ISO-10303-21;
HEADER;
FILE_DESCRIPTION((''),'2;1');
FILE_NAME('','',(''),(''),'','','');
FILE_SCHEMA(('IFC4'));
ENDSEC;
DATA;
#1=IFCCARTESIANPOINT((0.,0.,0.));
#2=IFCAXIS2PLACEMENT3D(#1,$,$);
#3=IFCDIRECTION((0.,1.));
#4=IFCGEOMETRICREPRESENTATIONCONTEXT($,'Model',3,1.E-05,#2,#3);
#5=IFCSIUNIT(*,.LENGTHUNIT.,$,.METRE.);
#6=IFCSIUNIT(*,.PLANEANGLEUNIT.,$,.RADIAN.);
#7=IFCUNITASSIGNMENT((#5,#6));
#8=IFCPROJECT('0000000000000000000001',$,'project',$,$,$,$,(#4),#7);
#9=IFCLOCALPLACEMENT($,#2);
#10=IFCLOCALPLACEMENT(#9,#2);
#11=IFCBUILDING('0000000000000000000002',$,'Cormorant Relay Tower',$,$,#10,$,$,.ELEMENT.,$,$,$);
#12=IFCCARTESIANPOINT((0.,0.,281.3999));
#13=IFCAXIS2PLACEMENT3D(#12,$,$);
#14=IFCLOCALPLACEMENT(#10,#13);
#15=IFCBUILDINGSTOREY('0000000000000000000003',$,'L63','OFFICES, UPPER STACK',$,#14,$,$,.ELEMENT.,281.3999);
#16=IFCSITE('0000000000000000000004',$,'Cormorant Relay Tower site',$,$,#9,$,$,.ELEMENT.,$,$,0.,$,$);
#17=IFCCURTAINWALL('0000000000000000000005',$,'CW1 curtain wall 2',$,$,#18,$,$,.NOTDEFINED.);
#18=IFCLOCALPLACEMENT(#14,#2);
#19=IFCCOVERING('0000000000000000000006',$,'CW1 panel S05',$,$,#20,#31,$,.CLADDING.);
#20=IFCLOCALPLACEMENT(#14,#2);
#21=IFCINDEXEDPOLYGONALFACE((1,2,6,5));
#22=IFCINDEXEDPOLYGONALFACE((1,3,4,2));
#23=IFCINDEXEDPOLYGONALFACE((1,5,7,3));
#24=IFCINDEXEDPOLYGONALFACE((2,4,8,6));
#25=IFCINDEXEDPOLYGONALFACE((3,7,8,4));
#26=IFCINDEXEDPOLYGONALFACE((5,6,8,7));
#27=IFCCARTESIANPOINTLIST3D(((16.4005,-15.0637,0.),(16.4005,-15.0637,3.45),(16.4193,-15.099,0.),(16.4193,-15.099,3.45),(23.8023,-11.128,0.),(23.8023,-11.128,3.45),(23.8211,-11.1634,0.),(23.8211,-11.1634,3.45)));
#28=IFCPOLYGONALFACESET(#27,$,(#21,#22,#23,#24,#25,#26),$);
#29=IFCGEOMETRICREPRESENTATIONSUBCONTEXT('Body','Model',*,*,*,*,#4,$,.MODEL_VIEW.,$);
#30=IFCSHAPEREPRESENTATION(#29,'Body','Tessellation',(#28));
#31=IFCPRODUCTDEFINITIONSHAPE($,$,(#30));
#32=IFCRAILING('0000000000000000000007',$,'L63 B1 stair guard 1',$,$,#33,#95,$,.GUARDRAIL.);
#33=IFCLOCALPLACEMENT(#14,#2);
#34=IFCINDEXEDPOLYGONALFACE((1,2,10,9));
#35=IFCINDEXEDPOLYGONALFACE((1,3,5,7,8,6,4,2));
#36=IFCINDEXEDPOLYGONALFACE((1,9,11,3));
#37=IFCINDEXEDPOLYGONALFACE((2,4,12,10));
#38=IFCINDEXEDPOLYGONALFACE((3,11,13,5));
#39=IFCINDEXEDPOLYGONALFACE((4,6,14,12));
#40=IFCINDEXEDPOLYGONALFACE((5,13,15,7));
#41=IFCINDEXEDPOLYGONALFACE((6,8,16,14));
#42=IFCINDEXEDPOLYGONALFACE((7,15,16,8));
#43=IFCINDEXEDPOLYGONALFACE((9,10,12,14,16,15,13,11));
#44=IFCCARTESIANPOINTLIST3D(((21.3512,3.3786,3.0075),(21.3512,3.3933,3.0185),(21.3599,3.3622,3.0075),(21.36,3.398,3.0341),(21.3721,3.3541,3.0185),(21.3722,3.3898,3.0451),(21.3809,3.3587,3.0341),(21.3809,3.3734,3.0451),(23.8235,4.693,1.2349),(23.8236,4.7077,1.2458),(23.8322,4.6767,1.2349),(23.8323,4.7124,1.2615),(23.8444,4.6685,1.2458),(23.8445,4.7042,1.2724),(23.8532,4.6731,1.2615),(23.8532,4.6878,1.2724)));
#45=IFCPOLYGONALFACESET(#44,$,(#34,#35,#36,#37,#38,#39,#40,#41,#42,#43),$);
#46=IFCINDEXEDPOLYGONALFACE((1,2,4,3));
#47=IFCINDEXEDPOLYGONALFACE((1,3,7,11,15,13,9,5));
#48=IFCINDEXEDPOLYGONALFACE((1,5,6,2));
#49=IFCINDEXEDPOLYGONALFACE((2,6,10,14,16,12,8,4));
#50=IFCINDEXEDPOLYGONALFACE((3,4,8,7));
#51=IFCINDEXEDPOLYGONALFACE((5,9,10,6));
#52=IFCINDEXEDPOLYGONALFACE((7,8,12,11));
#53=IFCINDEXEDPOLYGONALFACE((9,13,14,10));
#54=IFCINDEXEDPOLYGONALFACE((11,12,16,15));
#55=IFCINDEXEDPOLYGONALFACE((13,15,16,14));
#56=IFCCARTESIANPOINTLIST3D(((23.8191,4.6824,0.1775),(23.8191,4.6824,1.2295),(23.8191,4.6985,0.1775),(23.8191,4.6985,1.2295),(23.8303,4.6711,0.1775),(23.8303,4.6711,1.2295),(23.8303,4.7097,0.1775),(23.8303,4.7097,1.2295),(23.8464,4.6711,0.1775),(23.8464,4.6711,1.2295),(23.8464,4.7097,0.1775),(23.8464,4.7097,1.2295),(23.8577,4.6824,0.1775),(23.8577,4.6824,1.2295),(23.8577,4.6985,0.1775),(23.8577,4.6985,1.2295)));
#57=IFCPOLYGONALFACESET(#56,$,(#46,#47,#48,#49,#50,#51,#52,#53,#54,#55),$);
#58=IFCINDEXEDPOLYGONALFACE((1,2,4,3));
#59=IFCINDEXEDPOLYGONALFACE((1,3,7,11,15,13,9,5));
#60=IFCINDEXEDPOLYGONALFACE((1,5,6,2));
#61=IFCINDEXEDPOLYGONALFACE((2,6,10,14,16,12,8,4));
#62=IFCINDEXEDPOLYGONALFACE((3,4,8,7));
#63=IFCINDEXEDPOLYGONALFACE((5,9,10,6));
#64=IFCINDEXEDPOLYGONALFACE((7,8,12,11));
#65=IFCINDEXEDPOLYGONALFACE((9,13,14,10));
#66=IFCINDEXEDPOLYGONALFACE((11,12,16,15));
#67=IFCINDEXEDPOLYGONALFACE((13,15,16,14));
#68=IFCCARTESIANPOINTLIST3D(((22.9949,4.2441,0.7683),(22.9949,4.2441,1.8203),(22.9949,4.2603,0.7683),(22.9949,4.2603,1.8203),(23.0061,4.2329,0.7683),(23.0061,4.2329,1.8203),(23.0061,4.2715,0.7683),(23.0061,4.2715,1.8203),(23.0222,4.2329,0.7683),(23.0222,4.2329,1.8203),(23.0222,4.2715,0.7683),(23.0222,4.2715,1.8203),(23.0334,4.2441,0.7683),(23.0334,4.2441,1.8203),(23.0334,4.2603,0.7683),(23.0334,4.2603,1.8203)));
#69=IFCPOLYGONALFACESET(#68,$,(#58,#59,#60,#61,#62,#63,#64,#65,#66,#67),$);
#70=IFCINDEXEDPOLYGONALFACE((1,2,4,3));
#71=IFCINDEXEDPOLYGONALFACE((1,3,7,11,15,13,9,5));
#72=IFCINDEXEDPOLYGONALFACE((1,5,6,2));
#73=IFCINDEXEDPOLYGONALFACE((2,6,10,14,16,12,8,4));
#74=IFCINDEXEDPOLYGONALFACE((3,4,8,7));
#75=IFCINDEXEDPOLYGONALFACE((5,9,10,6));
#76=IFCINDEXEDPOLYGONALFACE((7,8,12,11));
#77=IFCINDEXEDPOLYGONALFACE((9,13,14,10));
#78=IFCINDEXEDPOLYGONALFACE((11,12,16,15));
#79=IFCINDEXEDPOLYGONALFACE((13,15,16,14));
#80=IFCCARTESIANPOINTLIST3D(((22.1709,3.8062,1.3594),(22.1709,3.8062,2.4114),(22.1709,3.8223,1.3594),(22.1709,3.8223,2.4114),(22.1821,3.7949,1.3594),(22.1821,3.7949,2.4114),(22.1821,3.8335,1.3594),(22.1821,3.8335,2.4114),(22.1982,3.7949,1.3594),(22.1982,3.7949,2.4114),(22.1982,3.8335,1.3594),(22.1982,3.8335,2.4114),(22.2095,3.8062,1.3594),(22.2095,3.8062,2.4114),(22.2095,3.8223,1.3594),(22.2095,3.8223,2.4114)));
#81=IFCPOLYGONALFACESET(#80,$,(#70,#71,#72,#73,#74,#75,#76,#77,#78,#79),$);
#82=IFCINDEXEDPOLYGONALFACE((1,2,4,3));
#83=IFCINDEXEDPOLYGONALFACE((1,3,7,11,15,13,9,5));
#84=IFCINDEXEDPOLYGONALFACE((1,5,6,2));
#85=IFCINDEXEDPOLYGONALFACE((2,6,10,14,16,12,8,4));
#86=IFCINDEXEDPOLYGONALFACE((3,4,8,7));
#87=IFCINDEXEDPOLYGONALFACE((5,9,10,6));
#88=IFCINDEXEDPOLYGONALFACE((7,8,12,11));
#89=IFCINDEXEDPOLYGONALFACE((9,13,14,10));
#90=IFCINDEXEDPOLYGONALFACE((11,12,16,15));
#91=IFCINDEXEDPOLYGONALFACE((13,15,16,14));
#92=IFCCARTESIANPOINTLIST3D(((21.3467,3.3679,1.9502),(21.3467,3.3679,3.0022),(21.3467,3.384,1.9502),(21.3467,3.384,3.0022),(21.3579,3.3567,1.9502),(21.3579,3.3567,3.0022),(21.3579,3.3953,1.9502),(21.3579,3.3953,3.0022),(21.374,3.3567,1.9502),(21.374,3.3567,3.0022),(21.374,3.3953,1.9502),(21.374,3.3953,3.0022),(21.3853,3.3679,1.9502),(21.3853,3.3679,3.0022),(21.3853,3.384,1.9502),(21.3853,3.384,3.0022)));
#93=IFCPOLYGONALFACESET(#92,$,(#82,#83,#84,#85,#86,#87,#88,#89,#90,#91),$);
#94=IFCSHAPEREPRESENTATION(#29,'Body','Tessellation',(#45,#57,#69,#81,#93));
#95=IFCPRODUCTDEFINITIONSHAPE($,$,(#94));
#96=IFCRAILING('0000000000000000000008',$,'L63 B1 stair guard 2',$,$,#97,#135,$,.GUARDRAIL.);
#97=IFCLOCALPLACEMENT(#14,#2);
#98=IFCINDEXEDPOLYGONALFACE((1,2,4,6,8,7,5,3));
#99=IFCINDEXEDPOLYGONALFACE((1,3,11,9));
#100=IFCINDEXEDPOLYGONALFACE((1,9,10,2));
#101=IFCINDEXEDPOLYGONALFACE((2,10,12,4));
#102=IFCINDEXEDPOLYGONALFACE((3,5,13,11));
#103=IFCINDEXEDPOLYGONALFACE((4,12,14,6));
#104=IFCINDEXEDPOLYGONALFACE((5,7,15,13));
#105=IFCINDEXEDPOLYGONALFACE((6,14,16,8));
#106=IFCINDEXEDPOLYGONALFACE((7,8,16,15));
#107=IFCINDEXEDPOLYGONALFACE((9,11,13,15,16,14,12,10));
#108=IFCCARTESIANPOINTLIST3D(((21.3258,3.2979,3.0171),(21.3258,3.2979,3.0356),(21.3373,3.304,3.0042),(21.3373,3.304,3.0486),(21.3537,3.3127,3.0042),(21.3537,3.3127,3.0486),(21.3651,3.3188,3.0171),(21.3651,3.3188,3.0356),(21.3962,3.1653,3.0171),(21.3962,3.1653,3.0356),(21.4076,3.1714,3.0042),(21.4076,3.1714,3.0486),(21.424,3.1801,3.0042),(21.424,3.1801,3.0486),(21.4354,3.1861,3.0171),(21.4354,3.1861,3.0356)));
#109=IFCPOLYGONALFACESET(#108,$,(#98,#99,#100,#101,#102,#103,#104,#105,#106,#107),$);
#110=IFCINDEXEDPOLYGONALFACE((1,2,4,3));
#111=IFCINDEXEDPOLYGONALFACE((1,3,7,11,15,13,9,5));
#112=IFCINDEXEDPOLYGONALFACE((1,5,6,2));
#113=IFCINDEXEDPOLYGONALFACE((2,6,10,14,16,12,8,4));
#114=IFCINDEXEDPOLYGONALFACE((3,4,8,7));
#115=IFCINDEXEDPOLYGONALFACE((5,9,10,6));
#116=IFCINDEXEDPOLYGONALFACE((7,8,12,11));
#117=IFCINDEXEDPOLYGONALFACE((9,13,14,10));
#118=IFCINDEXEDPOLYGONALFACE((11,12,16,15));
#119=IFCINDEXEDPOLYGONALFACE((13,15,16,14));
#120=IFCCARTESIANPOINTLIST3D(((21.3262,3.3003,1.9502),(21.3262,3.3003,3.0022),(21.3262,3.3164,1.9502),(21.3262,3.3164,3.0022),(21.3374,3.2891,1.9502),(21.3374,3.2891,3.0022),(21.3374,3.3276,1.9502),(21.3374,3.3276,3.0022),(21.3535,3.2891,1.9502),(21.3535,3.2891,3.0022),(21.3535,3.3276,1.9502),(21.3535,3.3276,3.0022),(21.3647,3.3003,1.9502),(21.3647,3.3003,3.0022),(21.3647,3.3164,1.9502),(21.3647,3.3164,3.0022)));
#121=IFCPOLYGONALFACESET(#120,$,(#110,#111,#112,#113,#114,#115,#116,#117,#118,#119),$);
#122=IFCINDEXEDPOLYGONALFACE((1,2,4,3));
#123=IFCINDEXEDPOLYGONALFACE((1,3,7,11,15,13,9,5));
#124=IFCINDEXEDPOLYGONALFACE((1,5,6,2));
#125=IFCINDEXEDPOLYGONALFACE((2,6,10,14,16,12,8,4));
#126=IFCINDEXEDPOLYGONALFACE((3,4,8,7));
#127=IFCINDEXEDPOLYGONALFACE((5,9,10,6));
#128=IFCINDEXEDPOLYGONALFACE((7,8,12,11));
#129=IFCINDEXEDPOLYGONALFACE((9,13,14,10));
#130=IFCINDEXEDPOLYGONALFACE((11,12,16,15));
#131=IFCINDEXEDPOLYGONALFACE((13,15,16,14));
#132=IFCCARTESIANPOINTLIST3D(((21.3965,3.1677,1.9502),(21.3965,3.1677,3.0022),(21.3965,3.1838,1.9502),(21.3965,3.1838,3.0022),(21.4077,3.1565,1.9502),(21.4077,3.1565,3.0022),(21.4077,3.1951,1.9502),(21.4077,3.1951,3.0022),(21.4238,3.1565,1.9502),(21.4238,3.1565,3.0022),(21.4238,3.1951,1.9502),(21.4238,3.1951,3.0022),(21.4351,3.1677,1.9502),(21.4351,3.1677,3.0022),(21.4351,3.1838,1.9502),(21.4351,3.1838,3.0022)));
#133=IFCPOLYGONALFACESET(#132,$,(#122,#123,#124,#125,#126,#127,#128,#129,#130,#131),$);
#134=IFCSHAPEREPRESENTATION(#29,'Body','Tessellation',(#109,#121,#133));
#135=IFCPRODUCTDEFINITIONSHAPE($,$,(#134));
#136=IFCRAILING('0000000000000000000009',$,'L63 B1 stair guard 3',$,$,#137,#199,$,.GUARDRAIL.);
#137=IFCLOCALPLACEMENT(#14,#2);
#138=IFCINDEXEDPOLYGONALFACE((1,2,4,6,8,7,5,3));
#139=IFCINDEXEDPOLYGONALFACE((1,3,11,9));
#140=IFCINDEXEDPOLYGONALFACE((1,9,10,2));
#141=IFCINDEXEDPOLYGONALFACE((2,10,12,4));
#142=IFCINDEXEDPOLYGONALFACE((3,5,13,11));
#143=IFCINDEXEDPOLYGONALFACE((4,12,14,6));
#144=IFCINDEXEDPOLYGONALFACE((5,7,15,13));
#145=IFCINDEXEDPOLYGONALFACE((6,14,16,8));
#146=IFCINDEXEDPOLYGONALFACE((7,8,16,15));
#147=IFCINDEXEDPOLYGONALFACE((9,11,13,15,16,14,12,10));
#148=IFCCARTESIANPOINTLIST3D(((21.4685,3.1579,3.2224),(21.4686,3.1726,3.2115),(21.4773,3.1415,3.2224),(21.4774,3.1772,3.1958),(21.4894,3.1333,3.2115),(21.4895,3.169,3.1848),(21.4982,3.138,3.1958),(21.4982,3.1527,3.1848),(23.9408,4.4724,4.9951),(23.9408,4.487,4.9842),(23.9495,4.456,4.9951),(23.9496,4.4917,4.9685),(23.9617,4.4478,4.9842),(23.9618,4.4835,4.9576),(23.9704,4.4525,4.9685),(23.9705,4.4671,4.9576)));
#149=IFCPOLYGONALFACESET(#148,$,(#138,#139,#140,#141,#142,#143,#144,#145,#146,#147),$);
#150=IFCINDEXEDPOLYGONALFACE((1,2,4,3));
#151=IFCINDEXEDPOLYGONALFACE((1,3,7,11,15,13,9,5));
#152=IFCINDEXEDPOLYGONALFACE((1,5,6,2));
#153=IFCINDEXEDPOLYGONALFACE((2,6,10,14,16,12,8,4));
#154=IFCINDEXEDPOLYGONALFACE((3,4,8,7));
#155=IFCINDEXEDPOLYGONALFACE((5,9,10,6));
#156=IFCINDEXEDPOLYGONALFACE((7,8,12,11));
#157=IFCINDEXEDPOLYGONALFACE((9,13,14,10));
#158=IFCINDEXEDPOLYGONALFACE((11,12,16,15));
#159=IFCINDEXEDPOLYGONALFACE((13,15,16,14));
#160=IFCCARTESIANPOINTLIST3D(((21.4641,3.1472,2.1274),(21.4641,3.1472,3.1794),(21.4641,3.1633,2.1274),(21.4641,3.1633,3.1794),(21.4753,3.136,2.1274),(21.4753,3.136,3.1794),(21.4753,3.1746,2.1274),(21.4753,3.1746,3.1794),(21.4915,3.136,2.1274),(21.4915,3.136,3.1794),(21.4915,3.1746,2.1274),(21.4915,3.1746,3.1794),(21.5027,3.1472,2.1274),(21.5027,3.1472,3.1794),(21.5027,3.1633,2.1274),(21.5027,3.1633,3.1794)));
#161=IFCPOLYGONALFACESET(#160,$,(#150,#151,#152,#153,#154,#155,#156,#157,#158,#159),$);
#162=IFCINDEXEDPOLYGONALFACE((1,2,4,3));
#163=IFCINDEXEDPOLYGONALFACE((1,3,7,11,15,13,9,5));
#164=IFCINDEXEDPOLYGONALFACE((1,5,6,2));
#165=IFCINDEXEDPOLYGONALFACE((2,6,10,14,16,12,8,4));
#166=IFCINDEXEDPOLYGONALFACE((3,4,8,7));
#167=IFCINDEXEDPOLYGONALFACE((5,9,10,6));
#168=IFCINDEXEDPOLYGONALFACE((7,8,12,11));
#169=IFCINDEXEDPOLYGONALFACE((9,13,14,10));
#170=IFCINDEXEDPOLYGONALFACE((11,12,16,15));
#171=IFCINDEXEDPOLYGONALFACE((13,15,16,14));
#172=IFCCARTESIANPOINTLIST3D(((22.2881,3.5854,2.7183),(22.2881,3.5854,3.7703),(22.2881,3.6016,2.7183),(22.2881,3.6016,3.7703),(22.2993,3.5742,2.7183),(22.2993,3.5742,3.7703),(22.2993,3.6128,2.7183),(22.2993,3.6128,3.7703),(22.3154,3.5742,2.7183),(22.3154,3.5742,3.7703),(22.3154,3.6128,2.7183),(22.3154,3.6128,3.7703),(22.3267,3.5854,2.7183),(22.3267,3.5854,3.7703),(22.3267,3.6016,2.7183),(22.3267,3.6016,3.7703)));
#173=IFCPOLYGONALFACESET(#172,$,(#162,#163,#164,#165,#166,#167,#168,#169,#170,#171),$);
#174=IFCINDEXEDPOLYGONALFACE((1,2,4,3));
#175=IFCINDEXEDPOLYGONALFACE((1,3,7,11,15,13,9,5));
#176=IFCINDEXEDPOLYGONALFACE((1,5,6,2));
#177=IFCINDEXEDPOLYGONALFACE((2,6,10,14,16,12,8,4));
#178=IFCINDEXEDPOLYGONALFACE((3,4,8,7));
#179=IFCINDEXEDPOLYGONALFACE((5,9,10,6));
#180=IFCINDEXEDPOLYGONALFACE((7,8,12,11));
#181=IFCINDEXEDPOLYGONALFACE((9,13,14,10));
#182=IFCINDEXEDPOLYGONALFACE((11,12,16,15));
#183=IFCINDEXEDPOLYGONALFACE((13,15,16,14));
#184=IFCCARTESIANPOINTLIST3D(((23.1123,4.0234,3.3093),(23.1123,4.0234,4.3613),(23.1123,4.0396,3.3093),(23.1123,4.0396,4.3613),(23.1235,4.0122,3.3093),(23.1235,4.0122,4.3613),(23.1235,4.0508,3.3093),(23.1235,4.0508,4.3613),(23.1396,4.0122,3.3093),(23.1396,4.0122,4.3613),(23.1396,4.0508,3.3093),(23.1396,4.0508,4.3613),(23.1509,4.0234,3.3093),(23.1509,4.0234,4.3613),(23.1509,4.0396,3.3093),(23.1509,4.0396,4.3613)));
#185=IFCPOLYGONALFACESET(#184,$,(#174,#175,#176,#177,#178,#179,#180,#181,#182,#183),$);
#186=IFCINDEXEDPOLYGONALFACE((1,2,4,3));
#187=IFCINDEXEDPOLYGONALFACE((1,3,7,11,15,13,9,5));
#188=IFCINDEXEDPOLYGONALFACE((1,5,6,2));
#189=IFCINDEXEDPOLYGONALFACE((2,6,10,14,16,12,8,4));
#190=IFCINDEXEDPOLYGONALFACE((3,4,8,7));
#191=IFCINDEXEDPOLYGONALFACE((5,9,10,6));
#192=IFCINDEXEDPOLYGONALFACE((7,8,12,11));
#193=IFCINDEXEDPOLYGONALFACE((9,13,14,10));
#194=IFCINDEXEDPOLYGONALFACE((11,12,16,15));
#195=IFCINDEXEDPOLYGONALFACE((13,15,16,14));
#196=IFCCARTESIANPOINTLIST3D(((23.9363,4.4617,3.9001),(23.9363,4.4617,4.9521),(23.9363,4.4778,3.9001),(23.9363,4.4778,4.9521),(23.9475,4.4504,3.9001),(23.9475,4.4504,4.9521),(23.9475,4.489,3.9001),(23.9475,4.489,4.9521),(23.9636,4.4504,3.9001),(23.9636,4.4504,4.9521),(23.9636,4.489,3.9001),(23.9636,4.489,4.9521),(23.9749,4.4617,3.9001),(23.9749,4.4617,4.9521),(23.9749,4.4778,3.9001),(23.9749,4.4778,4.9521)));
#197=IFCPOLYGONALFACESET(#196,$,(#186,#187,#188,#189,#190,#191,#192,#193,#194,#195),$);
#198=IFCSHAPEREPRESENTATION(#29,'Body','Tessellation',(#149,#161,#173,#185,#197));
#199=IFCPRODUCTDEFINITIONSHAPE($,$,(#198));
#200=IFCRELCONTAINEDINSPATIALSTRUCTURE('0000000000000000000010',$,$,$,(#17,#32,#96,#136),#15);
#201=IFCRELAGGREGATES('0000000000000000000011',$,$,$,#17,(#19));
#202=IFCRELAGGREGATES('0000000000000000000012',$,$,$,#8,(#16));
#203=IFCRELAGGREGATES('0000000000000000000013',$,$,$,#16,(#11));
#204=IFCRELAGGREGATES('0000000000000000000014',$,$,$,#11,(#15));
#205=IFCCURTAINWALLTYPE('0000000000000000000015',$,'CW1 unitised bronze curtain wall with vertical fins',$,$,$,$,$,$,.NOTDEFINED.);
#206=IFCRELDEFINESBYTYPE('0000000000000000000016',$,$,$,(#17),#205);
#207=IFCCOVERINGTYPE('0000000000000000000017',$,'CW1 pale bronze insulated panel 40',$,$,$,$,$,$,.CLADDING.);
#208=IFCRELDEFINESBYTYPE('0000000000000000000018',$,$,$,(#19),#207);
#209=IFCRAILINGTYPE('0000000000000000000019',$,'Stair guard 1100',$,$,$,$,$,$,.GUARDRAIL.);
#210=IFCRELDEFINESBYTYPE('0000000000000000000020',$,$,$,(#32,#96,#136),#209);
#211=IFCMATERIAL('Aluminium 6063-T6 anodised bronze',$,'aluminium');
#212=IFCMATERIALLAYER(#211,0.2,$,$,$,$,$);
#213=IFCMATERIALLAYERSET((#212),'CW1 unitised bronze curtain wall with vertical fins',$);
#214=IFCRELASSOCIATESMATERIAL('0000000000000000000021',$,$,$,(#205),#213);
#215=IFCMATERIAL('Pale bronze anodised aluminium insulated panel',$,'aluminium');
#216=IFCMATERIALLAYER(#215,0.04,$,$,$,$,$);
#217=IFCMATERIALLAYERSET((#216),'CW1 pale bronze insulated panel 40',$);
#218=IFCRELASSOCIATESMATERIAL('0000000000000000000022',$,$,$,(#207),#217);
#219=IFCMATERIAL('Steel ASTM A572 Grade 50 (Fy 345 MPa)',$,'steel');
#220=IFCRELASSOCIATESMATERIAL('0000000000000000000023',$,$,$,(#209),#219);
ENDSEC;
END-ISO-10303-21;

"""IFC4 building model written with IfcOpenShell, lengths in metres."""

from ifc_helpers import new_model, si_unit, direction, frame, origin, origin_2d, place, context, subcontext, project, spatial, polyline, rectangle, outline, extrude, material, layer, layer_set, type_object, element, aggregate, save


model = new_model("IFC4")

# Units and contexts
model_context = context("Model", 3, precision=1e-05, world=origin(), true_north=direction((0.0, 1.0)))
body_context = subcontext(model_context, "Body", "Model", "MODEL_VIEW")
ifc_project = project(units=[si_unit("LENGTHUNIT", "METRE"), si_unit("PLANEANGLEUNIT", "RADIAN")], contexts=[model_context])

# Site, building, storey
site_placement = place(None, origin())
site = spatial("IfcSite", under=ifc_project, at=site_placement, Name="Cormorant Relay Tower site", CompositionType="ELEMENT", RefElevation=0.0)
building_placement = place(site_placement, origin())
building = spatial("IfcBuilding", under=site, at=building_placement, Name="Cormorant Relay Tower", CompositionType="ELEMENT")
storey_placement = place(building_placement, frame((0.0, 0.0, 281.3999)))
storey = spatial("IfcBuildingStorey", under=building, at=storey_placement, Name="L63", Description="OFFICES, UPPER STACK", CompositionType="ELEMENT", Elevation=281.3999)

# Curtain wall
ifc_material_1 = material(Name="Aluminium 6063-T6 anodised bronze", Category="aluminium")
ifc_layer_1 = layer(ifc_material_1, 0.2)
ifc_layer_set_1 = layer_set([ifc_layer_1], Name="CW1 unitised bronze curtain wall with vertical fins")
curtain_wall_type = type_object("IfcCurtainWallType", Name="CW1 unitised bronze curtain wall with vertical fins", PredefinedType="NOTDEFINED", material=ifc_layer_set_1)
curtain_wall_placement = place(storey_placement, origin())
curtain_wall = element("IfcCurtainWall", 1, at=curtain_wall_placement, inside=storey, type_object=curtain_wall_type, Name="CW1 curtain wall 2", PredefinedType="NOTDEFINED")

# Covering
ifc_material_2 = material(Name="Pale bronze anodised aluminium insulated panel", Category="aluminium")
ifc_layer_2 = layer(ifc_material_2, 0.04)
ifc_layer_set_2 = layer_set([ifc_layer_2], Name="CW1 pale bronze insulated panel 40")
covering_type = type_object("IfcCoveringType", Name="CW1 pale bronze insulated panel 40", PredefinedType="CLADDING", material=ifc_layer_set_2)
covering_placement = place(storey_placement, frame((20.1108, -13.1135, 0.0), z_axis=(0.0, 0.0, 1.0), x_axis=(0.882948, 0.469472, 0.0)))
covering = element("IfcCovering", 2, at=covering_placement, type_object=covering_type, Name="CW1 panel S05", PredefinedType="CLADDING", context=body_context, shape_type="SweptSolid", body=[
    extrude(rectangle(XDim=8.3831, YDim=0.04, at=origin_2d()), origin(), (0.0, 0.0, 1.0), 3.45),
])
aggregate(curtain_wall, [covering])

# Railings
ifc_material_3 = material(Name="Steel ASTM A572 Grade 50 (Fy 345 MPa)", Category="steel")
railing_type_1 = type_object("IfcRailingType", Name="Stair guard 1100", PredefinedType="GUARDRAIL", material=ifc_material_3)
railing_1_placement = place(storey_placement, frame((23.8384, 4.6904, 0.1775)))
element("IfcRailing", 3, at=railing_1_placement, inside=storey, type_object=railing_type_1, Name="L63 B1 stair guard 1", PredefinedType="GUARDRAIL", context=body_context, shape_type="SweptSolid", body=[
    extrude(outline(polyline([(0.0222, 0.0093), (0.0093, 0.0222), (-0.0093, 0.0222), (-0.0222, 0.0093), (-0.0222, -0.0093), (-0.0093, -0.0222), (0.0093, -0.0222), (0.0222, -0.0093), (0.0222, 0.0093)])), frame((0.0, 0.0, 1.0762), z_axis=(-0.746034, -0.396627, 0.534902), x_axis=(0.469429, -0.88297, 0.0)), (0.0, 0.0, 1.0), 3.314),
    extrude(outline(polyline([(0.0193, 0.0081), (0.0081, 0.0193), (-0.0081, 0.0193), (-0.0193, 0.0081), (-0.0193, -0.0081), (-0.0081, -0.0193), (0.0081, -0.0193), (0.0193, -0.0081), (0.0193, 0.0081)])), origin(), (0.0, 0.0, 1.0), 1.052),
    extrude(outline(polyline([(0.0193, 0.0081), (0.0081, 0.0193), (-0.0081, 0.0193), (-0.0193, 0.0081), (-0.0193, -0.0081), (-0.0081, -0.0193), (0.0081, -0.0193), (0.0193, -0.0081), (0.0193, 0.0081)])), frame((-0.8242, -0.4382, 0.5908)), (0.0, 0.0, 1.0), 1.052),
    extrude(outline(polyline([(0.0193, 0.0081), (0.0081, 0.0193), (-0.0081, 0.0193), (-0.0193, 0.0081), (-0.0193, -0.0081), (-0.0081, -0.0193), (0.0081, -0.0193), (0.0193, -0.0081), (0.0193, 0.0081)])), frame((-1.6482, -0.8762, 1.1819)), (0.0, 0.0, 1.0), 1.052),
    extrude(outline(polyline([(0.0193, 0.0081), (0.0081, 0.0193), (-0.0081, 0.0193), (-0.0193, 0.0081), (-0.0193, -0.0081), (-0.0081, -0.0193), (0.0081, -0.0193), (0.0193, -0.0081), (0.0193, 0.0081)])), frame((-2.4724, -1.3145, 1.7727)), (0.0, 0.0, 1.0), 1.052),
])
railing_2_placement = place(storey_placement, frame((21.3455, 3.3083, 1.9502)))
element("IfcRailing", 4, at=railing_2_placement, inside=storey, type_object=railing_type_1, Name="L63 B1 stair guard 2", PredefinedType="GUARDRAIL", context=body_context, shape_type="SweptSolid", body=[
    extrude(outline(polyline([(0.0222, 0.0093), (0.0093, 0.0222), (-0.0093, 0.0222), (-0.0222, 0.0093), (-0.0222, -0.0093), (-0.0093, -0.0222), (0.0093, -0.0222), (0.0222, -0.0093), (0.0222, 0.0093)])), frame((0.0, 0.0, 1.0762), z_axis=(0.46856, -0.883431, 0.0), x_axis=(0.883431, 0.46856, 0.0)), (0.0, 0.0, 1.0), 0.1501),
    extrude(outline(polyline([(0.0193, 0.0081), (0.0081, 0.0193), (-0.0081, 0.0193), (-0.0193, 0.0081), (-0.0193, -0.0081), (-0.0081, -0.0193), (0.0081, -0.0193), (0.0193, -0.0081), (0.0193, 0.0081)])), origin(), (0.0, 0.0, 1.0), 1.052),
    extrude(outline(polyline([(0.0193, 0.0081), (0.0081, 0.0193), (-0.0081, 0.0193), (-0.0193, 0.0081), (-0.0193, -0.0081), (-0.0081, -0.0193), (0.0081, -0.0193), (0.0193, -0.0081), (0.0193, 0.0081)])), frame((0.0703, -0.1326, 0.0)), (0.0, 0.0, 1.0), 1.052),
])
railing_3_placement = place(storey_placement, frame((21.4834, 3.1553, 2.1274)))
element("IfcRailing", 5, at=railing_3_placement, inside=storey, type_object=railing_type_1, Name="L63 B1 stair guard 3", PredefinedType="GUARDRAIL", context=body_context, shape_type="SweptSolid", body=[
    extrude(outline(polyline([(0.0222, 0.0093), (0.0093, 0.0222), (-0.0093, 0.0222), (-0.0222, 0.0093), (-0.0222, -0.0093), (-0.0093, -0.0222), (0.0093, -0.0222), (0.0222, -0.0093), (0.0222, 0.0093)])), frame((0.0, 0.0, 1.0762), z_axis=(0.746001, 0.396649, 0.534931), x_axis=(-0.469465, 0.882951, 0.0)), (0.0, 0.0, 1.0), 3.314),
    extrude(outline(polyline([(0.0193, 0.0081), (0.0081, 0.0193), (-0.0081, 0.0193), (-0.0193, 0.0081), (-0.0193, -0.0081), (-0.0081, -0.0193), (0.0081, -0.0193), (0.0193, -0.0081), (0.0193, 0.0081)])), origin(), (0.0, 0.0, 1.0), 1.052),
    extrude(outline(polyline([(0.0193, 0.0081), (0.0081, 0.0193), (-0.0081, 0.0193), (-0.0193, 0.0081), (-0.0193, -0.0081), (-0.0081, -0.0193), (0.0081, -0.0193), (0.0193, -0.0081), (0.0193, 0.0081)])), frame((0.824, 0.4382, 0.5908)), (0.0, 0.0, 1.0), 1.052),
    extrude(outline(polyline([(0.0193, 0.0081), (0.0081, 0.0193), (-0.0081, 0.0193), (-0.0193, 0.0081), (-0.0193, -0.0081), (-0.0081, -0.0193), (0.0081, -0.0193), (0.0193, -0.0081), (0.0193, 0.0081)])), frame((1.6482, 0.8762, 1.1819)), (0.0, 0.0, 1.0), 1.052),
    extrude(outline(polyline([(0.0193, 0.0081), (0.0081, 0.0193), (-0.0081, 0.0193), (-0.0193, 0.0081), (-0.0193, -0.0081), (-0.0081, -0.0193), (0.0081, -0.0193), (0.0193, -0.0081), (0.0193, 0.0081)])), frame((2.4722, 1.3145, 1.7727)), (0.0, 0.0, 1.0), 1.052),
])

save(model, "model.ifc")
